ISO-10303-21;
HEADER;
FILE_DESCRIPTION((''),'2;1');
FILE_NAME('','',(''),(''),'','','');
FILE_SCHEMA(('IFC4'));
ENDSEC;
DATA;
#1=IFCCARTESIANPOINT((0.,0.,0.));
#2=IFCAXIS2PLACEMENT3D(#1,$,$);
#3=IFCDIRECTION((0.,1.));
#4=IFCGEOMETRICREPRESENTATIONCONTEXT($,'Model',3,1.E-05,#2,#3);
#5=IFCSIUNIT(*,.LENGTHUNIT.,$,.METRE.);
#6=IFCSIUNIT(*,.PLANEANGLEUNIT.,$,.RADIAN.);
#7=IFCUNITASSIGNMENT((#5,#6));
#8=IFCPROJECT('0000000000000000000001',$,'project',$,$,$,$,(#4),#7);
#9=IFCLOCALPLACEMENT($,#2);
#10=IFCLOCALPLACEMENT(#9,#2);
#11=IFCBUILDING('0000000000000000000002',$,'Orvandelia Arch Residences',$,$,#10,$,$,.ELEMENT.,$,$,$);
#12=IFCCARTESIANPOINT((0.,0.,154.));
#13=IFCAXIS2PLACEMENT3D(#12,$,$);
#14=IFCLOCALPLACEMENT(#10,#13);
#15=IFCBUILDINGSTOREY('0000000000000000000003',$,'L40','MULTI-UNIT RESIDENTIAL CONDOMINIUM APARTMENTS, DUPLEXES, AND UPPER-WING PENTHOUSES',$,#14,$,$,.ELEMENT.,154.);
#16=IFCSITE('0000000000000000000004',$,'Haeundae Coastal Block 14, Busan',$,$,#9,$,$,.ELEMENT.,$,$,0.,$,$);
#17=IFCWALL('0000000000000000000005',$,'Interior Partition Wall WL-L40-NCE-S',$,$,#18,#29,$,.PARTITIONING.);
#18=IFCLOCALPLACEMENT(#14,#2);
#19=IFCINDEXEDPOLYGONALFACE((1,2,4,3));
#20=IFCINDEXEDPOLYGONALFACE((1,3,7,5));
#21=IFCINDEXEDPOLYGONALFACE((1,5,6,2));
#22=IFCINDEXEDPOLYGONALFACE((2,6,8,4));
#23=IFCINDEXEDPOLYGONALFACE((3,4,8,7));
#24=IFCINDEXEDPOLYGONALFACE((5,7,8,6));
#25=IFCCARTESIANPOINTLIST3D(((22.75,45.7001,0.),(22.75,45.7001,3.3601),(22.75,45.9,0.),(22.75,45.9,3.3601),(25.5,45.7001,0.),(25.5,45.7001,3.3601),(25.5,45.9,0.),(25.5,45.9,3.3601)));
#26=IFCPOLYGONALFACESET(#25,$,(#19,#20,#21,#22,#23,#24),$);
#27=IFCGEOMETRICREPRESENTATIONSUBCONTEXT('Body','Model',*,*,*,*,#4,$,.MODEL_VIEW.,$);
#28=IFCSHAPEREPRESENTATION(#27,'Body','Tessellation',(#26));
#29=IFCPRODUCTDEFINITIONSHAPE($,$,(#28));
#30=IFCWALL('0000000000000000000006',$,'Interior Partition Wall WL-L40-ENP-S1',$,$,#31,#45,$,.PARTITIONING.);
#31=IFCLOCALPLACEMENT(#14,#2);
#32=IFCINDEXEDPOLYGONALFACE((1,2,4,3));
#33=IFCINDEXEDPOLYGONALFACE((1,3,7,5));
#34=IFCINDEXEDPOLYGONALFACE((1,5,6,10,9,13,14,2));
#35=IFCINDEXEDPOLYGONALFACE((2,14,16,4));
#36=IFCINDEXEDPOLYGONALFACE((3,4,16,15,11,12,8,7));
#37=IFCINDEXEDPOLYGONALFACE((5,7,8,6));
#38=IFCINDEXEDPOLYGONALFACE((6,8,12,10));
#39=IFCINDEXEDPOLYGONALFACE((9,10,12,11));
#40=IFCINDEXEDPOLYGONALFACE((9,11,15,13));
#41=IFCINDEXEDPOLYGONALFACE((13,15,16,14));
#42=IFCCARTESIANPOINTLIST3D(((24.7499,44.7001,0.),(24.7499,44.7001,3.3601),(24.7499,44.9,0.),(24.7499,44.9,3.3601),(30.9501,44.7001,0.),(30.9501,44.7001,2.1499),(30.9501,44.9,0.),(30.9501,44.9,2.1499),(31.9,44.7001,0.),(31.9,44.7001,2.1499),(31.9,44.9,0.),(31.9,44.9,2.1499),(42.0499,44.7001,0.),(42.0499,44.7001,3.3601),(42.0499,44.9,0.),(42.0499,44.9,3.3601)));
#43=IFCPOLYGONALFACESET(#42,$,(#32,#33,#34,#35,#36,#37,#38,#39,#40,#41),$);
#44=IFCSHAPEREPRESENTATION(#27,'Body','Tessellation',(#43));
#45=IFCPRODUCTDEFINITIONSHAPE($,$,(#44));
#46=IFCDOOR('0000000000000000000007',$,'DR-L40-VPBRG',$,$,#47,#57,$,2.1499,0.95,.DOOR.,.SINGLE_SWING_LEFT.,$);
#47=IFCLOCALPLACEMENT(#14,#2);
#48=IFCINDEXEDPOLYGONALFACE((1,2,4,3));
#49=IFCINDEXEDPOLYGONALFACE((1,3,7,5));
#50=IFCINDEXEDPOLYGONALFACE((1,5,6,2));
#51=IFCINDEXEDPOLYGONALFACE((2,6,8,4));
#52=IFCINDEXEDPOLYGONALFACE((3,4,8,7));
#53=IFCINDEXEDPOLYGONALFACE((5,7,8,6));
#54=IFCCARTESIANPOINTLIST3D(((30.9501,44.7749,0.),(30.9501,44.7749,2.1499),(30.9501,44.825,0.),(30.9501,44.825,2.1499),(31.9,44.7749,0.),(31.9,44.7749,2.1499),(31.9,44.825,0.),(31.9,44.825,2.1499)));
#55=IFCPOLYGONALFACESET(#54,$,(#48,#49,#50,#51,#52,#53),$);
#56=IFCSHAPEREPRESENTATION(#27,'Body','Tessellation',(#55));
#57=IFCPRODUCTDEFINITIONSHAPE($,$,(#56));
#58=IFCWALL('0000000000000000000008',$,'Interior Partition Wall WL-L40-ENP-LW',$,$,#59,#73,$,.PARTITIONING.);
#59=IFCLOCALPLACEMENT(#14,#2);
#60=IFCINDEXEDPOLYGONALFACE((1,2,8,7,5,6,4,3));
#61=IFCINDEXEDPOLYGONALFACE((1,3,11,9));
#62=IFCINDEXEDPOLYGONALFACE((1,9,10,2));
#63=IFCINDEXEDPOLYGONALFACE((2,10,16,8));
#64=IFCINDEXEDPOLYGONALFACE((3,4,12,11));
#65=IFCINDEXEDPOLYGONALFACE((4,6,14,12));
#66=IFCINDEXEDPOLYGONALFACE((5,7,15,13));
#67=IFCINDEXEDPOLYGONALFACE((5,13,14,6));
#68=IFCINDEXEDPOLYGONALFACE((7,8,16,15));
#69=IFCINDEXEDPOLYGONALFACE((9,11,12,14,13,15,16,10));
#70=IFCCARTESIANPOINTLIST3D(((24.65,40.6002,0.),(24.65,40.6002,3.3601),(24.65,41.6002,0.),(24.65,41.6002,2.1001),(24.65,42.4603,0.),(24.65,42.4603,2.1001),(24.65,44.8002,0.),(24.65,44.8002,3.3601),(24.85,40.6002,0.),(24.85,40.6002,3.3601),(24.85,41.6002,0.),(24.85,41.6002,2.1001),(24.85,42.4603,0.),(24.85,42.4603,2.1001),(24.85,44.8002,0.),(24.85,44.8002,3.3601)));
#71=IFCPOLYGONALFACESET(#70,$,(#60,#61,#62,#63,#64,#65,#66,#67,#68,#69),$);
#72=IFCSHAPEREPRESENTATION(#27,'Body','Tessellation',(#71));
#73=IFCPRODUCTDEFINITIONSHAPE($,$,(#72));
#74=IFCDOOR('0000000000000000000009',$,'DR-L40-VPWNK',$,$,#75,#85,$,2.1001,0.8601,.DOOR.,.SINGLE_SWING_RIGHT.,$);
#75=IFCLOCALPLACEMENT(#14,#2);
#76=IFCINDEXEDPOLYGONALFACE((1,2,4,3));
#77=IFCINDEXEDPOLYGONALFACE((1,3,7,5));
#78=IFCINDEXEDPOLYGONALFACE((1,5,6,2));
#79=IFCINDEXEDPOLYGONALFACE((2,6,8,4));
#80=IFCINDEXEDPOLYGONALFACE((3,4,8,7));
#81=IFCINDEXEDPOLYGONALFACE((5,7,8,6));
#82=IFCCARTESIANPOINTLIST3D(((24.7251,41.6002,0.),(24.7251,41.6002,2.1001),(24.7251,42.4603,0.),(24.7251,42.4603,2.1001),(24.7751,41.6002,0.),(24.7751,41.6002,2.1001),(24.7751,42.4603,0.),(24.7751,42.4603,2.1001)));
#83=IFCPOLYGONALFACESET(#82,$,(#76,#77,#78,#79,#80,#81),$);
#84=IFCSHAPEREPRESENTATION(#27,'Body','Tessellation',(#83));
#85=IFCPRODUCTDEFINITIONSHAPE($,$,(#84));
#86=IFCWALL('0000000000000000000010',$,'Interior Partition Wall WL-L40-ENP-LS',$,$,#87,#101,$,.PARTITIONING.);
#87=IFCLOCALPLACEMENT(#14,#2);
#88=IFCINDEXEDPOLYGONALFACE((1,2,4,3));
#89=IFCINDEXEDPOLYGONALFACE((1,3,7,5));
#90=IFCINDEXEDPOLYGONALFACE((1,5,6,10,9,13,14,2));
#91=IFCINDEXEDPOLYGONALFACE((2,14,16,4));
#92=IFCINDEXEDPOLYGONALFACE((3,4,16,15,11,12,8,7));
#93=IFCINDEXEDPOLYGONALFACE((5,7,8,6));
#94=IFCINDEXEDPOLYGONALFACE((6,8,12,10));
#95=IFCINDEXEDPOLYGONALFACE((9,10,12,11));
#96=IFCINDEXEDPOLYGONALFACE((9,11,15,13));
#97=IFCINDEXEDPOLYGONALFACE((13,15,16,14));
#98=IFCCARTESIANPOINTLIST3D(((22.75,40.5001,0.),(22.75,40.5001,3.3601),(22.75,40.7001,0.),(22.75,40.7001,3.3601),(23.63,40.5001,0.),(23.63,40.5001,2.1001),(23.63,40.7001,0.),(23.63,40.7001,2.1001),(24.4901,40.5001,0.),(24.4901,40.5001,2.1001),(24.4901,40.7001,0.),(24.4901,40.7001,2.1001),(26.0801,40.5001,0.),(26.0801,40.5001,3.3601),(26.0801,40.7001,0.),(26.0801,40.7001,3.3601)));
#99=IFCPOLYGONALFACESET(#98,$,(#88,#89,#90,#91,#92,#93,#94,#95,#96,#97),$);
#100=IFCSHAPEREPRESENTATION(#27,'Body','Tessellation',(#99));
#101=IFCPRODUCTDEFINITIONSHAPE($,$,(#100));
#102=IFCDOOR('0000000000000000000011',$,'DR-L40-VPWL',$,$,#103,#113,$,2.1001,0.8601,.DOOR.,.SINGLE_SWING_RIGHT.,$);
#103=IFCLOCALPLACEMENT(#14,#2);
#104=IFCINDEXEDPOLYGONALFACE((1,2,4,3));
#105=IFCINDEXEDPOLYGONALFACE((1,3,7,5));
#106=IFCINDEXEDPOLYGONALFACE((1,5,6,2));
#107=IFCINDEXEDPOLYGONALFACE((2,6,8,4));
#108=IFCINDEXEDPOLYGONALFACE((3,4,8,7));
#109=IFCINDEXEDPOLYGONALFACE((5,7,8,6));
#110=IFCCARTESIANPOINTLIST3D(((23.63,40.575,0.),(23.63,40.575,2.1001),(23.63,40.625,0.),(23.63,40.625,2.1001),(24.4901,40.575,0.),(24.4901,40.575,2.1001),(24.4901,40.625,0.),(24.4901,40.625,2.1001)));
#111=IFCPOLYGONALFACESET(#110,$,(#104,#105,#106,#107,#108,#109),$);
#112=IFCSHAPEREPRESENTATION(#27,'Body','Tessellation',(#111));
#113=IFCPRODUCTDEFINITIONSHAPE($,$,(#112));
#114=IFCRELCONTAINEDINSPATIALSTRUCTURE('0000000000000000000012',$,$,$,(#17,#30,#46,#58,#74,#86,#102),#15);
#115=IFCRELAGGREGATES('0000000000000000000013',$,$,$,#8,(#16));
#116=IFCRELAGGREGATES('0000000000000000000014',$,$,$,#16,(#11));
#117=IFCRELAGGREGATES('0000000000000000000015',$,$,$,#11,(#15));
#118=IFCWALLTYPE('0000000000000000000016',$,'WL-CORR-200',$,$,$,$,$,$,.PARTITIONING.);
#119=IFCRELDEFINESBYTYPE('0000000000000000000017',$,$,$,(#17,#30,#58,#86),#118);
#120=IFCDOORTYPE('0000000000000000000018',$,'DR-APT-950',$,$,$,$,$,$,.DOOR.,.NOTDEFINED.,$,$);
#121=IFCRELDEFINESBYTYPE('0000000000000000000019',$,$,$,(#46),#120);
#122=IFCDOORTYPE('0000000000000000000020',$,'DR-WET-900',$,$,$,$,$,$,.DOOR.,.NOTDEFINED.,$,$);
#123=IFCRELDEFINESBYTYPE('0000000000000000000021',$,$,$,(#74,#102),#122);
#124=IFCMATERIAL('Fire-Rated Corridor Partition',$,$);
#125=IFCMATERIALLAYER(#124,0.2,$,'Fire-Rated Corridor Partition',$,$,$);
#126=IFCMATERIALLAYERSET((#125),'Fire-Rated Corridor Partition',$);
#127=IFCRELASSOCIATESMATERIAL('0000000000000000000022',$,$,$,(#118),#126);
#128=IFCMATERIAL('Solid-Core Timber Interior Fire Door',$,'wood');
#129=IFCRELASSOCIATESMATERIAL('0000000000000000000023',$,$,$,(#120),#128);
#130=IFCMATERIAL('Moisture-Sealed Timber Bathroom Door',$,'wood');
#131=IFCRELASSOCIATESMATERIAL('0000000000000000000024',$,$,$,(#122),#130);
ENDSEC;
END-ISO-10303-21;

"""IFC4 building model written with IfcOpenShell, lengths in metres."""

from ifc_helpers import new_model, si_unit, direction, frame, frame_2d, origin, place, context, subcontext, project, spatial, rectangle, extrude, material, layer, layer_set, type_object, element, fill, save


model = new_model("IFC4")

# Units and contexts
model_context = context("Model", 3, precision=1e-05, world=origin(), true_north=direction((0.0, 1.0)))
body_context = subcontext(model_context, "Body", "Model", "MODEL_VIEW")
ifc_project = project(units=[si_unit("LENGTHUNIT", "METRE"), si_unit("PLANEANGLEUNIT", "RADIAN")], contexts=[model_context])

# Site, building, storey
site_placement = place(None, origin())
site = spatial("IfcSite", under=ifc_project, at=site_placement, Name="Haeundae Coastal Block 14, Busan", CompositionType="ELEMENT", RefElevation=0.0)
building_placement = place(site_placement, origin())
building = spatial("IfcBuilding", under=site, at=building_placement, Name="Orvandelia Arch Residences", CompositionType="ELEMENT")
storey_placement = place(building_placement, frame((0.0, 0.0, 154.0)))
storey = spatial("IfcBuildingStorey", under=building, at=storey_placement, Name="L40", Description="MULTI-UNIT RESIDENTIAL CONDOMINIUM APARTMENTS, DUPLEXES, AND UPPER-WING PENTHOUSES", CompositionType="ELEMENT", Elevation=154.0)

# Wall
ifc_material_1 = material(Name="Fire-Rated Corridor Partition")
ifc_layer_1 = layer(ifc_material_1, 0.2, Name="Fire-Rated Corridor Partition")
ifc_layer_set_1 = layer_set([ifc_layer_1], Name="Fire-Rated Corridor Partition")
wall_type_1 = type_object("IfcWallType", Name="WL-CORR-200", PredefinedType="PARTITIONING", material=ifc_layer_set_1)
wall_1_placement = place(storey_placement, frame((22.75, 45.8, 0.0), z_axis=(0.0, 0.0, 1.0), x_axis=(1.0, 0.0, 0.0)))
element("IfcWall", 1, at=wall_1_placement, inside=storey, type_object=wall_type_1, Name="Interior Partition Wall WL-L40-NCE-S", PredefinedType="PARTITIONING", context=body_context, shape_type="SweptSolid", body=[
    extrude(rectangle(XDim=2.75, YDim=0.2, at=frame_2d((1.375, 0.0))), origin(), (0.0, 0.0, 1.0), 3.3601),
])

# Walls, openings, doors
wall_2_placement = place(storey_placement, frame((24.75, 44.8, 0.0), z_axis=(0.0, 0.0, 1.0), x_axis=(1.0, 0.0, 0.0)))
wall_2 = element("IfcWall", 2, at=wall_2_placement, inside=storey, type_object=wall_type_1, Name="Interior Partition Wall WL-L40-ENP-S1", PredefinedType="PARTITIONING", context=body_context, shape_type="SweptSolid", body=[
    extrude(rectangle(XDim=17.3, YDim=0.2, at=frame_2d((8.6499, 0.0))), origin(), (0.0, 0.0, 1.0), 3.3601),
])
opening_1_placement = place(wall_2_placement, frame((6.2, 0.0, 0.0)))
opening_1 = element("IfcOpeningElement", 3, at=opening_1_placement, cuts=wall_2, PredefinedType="OPENING", context=body_context, shape_type="SweptSolid", body=[
    extrude(rectangle(XDim=0.95, YDim=2.1499, at=frame_2d((0.4751, 1.075))), frame((0.0, 0.1099, 0.0), z_axis=(0.0, -1.0, 0.0), x_axis=(1.0, 0.0, 0.0)), (0.0, 0.0, 1.0), 0.22),
])
ifc_material_2 = material(Name="Solid-Core Timber Interior Fire Door", Category="wood")
door_type_1 = type_object("IfcDoorType", Name="DR-APT-950", OperationType="NOTDEFINED", PredefinedType="DOOR", material=ifc_material_2)
door_1_placement = place(opening_1_placement, origin())
door_1 = element("IfcDoor", 4, at=door_1_placement, inside=storey, type_object=door_type_1, Name="DR-L40-VPBRG", OperationType="SINGLE_SWING_LEFT", OverallHeight=2.1499, OverallWidth=0.95, PredefinedType="DOOR", context=body_context, shape_type="SweptSolid", body=[
    extrude(rectangle(XDim=0.95, YDim=2.1499, at=frame_2d((0.4751, 1.075))), frame((0.0, 0.0249, 0.0), z_axis=(0.0, -1.0, 0.0), x_axis=(1.0, 0.0, 0.0)), (0.0, 0.0, 1.0), 0.05),
])
fill(opening_1, door_1)
wall_3_placement = place(storey_placement, frame((24.75, 40.6001, 0.0), z_axis=(0.0, 0.0, 1.0), x_axis=(0.0, 1.0, 0.0)))
wall_3 = element("IfcWall", 5, at=wall_3_placement, inside=storey, type_object=wall_type_1, Name="Interior Partition Wall WL-L40-ENP-LW", PredefinedType="PARTITIONING", context=body_context, shape_type="SweptSolid", body=[
    extrude(rectangle(XDim=4.2, YDim=0.2, at=frame_2d((2.1001, 0.0))), origin(), (0.0, 0.0, 1.0), 3.3601),
])
opening_2_placement = place(wall_3_placement, frame((1.0, 0.0, 0.0)))
opening_2 = element("IfcOpeningElement", 6, at=opening_2_placement, cuts=wall_3, PredefinedType="OPENING", context=body_context, shape_type="SweptSolid", body=[
    extrude(rectangle(XDim=0.8601, YDim=2.1001, at=frame_2d((0.4302, 1.05))), frame((0.0, 0.1099, 0.0), z_axis=(0.0, -1.0, 0.0), x_axis=(1.0, 0.0, 0.0)), (0.0, 0.0, 1.0), 0.22),
])
ifc_material_3 = material(Name="Moisture-Sealed Timber Bathroom Door", Category="wood")
door_type_2 = type_object("IfcDoorType", Name="DR-WET-900", OperationType="NOTDEFINED", PredefinedType="DOOR", material=ifc_material_3)
door_2_placement = place(opening_2_placement, origin())
door_2 = element("IfcDoor", 7, at=door_2_placement, inside=storey, type_object=door_type_2, Name="DR-L40-VPWNK", OperationType="SINGLE_SWING_RIGHT", OverallHeight=2.1001, OverallWidth=0.8601, PredefinedType="DOOR", context=body_context, shape_type="SweptSolid", body=[
    extrude(rectangle(XDim=0.8601, YDim=2.1001, at=frame_2d((0.4302, 1.05))), frame((0.0, 0.0249, 0.0), z_axis=(0.0, -1.0, 0.0), x_axis=(1.0, 0.0, 0.0)), (0.0, 0.0, 1.0), 0.05),
])
fill(opening_2, door_2)
wall_4_placement = place(storey_placement, frame((22.75, 40.6001, 0.0), z_axis=(0.0, 0.0, 1.0), x_axis=(1.0, 0.0, 0.0)))
wall_4 = element("IfcWall", 8, at=wall_4_placement, inside=storey, type_object=wall_type_1, Name="Interior Partition Wall WL-L40-ENP-LS", PredefinedType="PARTITIONING", context=body_context, shape_type="SweptSolid", body=[
    extrude(rectangle(XDim=3.3301, YDim=0.2, at=frame_2d((1.665, 0.0))), origin(), (0.0, 0.0, 1.0), 3.3601),
])
opening_3_placement = place(wall_4_placement, frame((0.8799, 0.0, 0.0)))
opening_3 = element("IfcOpeningElement", 9, at=opening_3_placement, cuts=wall_4, PredefinedType="OPENING", context=body_context, shape_type="SweptSolid", body=[
    extrude(rectangle(XDim=0.8601, YDim=2.1001, at=frame_2d((0.4302, 1.05))), frame((0.0, 0.1099, 0.0), z_axis=(0.0, -1.0, 0.0), x_axis=(1.0, 0.0, 0.0)), (0.0, 0.0, 1.0), 0.22),
])
door_3_placement = place(opening_3_placement, origin())
door_3 = element("IfcDoor", 10, at=door_3_placement, inside=storey, type_object=door_type_2, Name="DR-L40-VPWL", OperationType="SINGLE_SWING_RIGHT", OverallHeight=2.1001, OverallWidth=0.8601, PredefinedType="DOOR", context=body_context, shape_type="SweptSolid", body=[
    extrude(rectangle(XDim=0.8601, YDim=2.1001, at=frame_2d((0.4302, 1.05))), frame((0.0, 0.0249, 0.0), z_axis=(0.0, -1.0, 0.0), x_axis=(1.0, 0.0, 0.0)), (0.0, 0.0, 1.0), 0.05),
])
fill(opening_3, door_3)

save(model, "model.ifc")
